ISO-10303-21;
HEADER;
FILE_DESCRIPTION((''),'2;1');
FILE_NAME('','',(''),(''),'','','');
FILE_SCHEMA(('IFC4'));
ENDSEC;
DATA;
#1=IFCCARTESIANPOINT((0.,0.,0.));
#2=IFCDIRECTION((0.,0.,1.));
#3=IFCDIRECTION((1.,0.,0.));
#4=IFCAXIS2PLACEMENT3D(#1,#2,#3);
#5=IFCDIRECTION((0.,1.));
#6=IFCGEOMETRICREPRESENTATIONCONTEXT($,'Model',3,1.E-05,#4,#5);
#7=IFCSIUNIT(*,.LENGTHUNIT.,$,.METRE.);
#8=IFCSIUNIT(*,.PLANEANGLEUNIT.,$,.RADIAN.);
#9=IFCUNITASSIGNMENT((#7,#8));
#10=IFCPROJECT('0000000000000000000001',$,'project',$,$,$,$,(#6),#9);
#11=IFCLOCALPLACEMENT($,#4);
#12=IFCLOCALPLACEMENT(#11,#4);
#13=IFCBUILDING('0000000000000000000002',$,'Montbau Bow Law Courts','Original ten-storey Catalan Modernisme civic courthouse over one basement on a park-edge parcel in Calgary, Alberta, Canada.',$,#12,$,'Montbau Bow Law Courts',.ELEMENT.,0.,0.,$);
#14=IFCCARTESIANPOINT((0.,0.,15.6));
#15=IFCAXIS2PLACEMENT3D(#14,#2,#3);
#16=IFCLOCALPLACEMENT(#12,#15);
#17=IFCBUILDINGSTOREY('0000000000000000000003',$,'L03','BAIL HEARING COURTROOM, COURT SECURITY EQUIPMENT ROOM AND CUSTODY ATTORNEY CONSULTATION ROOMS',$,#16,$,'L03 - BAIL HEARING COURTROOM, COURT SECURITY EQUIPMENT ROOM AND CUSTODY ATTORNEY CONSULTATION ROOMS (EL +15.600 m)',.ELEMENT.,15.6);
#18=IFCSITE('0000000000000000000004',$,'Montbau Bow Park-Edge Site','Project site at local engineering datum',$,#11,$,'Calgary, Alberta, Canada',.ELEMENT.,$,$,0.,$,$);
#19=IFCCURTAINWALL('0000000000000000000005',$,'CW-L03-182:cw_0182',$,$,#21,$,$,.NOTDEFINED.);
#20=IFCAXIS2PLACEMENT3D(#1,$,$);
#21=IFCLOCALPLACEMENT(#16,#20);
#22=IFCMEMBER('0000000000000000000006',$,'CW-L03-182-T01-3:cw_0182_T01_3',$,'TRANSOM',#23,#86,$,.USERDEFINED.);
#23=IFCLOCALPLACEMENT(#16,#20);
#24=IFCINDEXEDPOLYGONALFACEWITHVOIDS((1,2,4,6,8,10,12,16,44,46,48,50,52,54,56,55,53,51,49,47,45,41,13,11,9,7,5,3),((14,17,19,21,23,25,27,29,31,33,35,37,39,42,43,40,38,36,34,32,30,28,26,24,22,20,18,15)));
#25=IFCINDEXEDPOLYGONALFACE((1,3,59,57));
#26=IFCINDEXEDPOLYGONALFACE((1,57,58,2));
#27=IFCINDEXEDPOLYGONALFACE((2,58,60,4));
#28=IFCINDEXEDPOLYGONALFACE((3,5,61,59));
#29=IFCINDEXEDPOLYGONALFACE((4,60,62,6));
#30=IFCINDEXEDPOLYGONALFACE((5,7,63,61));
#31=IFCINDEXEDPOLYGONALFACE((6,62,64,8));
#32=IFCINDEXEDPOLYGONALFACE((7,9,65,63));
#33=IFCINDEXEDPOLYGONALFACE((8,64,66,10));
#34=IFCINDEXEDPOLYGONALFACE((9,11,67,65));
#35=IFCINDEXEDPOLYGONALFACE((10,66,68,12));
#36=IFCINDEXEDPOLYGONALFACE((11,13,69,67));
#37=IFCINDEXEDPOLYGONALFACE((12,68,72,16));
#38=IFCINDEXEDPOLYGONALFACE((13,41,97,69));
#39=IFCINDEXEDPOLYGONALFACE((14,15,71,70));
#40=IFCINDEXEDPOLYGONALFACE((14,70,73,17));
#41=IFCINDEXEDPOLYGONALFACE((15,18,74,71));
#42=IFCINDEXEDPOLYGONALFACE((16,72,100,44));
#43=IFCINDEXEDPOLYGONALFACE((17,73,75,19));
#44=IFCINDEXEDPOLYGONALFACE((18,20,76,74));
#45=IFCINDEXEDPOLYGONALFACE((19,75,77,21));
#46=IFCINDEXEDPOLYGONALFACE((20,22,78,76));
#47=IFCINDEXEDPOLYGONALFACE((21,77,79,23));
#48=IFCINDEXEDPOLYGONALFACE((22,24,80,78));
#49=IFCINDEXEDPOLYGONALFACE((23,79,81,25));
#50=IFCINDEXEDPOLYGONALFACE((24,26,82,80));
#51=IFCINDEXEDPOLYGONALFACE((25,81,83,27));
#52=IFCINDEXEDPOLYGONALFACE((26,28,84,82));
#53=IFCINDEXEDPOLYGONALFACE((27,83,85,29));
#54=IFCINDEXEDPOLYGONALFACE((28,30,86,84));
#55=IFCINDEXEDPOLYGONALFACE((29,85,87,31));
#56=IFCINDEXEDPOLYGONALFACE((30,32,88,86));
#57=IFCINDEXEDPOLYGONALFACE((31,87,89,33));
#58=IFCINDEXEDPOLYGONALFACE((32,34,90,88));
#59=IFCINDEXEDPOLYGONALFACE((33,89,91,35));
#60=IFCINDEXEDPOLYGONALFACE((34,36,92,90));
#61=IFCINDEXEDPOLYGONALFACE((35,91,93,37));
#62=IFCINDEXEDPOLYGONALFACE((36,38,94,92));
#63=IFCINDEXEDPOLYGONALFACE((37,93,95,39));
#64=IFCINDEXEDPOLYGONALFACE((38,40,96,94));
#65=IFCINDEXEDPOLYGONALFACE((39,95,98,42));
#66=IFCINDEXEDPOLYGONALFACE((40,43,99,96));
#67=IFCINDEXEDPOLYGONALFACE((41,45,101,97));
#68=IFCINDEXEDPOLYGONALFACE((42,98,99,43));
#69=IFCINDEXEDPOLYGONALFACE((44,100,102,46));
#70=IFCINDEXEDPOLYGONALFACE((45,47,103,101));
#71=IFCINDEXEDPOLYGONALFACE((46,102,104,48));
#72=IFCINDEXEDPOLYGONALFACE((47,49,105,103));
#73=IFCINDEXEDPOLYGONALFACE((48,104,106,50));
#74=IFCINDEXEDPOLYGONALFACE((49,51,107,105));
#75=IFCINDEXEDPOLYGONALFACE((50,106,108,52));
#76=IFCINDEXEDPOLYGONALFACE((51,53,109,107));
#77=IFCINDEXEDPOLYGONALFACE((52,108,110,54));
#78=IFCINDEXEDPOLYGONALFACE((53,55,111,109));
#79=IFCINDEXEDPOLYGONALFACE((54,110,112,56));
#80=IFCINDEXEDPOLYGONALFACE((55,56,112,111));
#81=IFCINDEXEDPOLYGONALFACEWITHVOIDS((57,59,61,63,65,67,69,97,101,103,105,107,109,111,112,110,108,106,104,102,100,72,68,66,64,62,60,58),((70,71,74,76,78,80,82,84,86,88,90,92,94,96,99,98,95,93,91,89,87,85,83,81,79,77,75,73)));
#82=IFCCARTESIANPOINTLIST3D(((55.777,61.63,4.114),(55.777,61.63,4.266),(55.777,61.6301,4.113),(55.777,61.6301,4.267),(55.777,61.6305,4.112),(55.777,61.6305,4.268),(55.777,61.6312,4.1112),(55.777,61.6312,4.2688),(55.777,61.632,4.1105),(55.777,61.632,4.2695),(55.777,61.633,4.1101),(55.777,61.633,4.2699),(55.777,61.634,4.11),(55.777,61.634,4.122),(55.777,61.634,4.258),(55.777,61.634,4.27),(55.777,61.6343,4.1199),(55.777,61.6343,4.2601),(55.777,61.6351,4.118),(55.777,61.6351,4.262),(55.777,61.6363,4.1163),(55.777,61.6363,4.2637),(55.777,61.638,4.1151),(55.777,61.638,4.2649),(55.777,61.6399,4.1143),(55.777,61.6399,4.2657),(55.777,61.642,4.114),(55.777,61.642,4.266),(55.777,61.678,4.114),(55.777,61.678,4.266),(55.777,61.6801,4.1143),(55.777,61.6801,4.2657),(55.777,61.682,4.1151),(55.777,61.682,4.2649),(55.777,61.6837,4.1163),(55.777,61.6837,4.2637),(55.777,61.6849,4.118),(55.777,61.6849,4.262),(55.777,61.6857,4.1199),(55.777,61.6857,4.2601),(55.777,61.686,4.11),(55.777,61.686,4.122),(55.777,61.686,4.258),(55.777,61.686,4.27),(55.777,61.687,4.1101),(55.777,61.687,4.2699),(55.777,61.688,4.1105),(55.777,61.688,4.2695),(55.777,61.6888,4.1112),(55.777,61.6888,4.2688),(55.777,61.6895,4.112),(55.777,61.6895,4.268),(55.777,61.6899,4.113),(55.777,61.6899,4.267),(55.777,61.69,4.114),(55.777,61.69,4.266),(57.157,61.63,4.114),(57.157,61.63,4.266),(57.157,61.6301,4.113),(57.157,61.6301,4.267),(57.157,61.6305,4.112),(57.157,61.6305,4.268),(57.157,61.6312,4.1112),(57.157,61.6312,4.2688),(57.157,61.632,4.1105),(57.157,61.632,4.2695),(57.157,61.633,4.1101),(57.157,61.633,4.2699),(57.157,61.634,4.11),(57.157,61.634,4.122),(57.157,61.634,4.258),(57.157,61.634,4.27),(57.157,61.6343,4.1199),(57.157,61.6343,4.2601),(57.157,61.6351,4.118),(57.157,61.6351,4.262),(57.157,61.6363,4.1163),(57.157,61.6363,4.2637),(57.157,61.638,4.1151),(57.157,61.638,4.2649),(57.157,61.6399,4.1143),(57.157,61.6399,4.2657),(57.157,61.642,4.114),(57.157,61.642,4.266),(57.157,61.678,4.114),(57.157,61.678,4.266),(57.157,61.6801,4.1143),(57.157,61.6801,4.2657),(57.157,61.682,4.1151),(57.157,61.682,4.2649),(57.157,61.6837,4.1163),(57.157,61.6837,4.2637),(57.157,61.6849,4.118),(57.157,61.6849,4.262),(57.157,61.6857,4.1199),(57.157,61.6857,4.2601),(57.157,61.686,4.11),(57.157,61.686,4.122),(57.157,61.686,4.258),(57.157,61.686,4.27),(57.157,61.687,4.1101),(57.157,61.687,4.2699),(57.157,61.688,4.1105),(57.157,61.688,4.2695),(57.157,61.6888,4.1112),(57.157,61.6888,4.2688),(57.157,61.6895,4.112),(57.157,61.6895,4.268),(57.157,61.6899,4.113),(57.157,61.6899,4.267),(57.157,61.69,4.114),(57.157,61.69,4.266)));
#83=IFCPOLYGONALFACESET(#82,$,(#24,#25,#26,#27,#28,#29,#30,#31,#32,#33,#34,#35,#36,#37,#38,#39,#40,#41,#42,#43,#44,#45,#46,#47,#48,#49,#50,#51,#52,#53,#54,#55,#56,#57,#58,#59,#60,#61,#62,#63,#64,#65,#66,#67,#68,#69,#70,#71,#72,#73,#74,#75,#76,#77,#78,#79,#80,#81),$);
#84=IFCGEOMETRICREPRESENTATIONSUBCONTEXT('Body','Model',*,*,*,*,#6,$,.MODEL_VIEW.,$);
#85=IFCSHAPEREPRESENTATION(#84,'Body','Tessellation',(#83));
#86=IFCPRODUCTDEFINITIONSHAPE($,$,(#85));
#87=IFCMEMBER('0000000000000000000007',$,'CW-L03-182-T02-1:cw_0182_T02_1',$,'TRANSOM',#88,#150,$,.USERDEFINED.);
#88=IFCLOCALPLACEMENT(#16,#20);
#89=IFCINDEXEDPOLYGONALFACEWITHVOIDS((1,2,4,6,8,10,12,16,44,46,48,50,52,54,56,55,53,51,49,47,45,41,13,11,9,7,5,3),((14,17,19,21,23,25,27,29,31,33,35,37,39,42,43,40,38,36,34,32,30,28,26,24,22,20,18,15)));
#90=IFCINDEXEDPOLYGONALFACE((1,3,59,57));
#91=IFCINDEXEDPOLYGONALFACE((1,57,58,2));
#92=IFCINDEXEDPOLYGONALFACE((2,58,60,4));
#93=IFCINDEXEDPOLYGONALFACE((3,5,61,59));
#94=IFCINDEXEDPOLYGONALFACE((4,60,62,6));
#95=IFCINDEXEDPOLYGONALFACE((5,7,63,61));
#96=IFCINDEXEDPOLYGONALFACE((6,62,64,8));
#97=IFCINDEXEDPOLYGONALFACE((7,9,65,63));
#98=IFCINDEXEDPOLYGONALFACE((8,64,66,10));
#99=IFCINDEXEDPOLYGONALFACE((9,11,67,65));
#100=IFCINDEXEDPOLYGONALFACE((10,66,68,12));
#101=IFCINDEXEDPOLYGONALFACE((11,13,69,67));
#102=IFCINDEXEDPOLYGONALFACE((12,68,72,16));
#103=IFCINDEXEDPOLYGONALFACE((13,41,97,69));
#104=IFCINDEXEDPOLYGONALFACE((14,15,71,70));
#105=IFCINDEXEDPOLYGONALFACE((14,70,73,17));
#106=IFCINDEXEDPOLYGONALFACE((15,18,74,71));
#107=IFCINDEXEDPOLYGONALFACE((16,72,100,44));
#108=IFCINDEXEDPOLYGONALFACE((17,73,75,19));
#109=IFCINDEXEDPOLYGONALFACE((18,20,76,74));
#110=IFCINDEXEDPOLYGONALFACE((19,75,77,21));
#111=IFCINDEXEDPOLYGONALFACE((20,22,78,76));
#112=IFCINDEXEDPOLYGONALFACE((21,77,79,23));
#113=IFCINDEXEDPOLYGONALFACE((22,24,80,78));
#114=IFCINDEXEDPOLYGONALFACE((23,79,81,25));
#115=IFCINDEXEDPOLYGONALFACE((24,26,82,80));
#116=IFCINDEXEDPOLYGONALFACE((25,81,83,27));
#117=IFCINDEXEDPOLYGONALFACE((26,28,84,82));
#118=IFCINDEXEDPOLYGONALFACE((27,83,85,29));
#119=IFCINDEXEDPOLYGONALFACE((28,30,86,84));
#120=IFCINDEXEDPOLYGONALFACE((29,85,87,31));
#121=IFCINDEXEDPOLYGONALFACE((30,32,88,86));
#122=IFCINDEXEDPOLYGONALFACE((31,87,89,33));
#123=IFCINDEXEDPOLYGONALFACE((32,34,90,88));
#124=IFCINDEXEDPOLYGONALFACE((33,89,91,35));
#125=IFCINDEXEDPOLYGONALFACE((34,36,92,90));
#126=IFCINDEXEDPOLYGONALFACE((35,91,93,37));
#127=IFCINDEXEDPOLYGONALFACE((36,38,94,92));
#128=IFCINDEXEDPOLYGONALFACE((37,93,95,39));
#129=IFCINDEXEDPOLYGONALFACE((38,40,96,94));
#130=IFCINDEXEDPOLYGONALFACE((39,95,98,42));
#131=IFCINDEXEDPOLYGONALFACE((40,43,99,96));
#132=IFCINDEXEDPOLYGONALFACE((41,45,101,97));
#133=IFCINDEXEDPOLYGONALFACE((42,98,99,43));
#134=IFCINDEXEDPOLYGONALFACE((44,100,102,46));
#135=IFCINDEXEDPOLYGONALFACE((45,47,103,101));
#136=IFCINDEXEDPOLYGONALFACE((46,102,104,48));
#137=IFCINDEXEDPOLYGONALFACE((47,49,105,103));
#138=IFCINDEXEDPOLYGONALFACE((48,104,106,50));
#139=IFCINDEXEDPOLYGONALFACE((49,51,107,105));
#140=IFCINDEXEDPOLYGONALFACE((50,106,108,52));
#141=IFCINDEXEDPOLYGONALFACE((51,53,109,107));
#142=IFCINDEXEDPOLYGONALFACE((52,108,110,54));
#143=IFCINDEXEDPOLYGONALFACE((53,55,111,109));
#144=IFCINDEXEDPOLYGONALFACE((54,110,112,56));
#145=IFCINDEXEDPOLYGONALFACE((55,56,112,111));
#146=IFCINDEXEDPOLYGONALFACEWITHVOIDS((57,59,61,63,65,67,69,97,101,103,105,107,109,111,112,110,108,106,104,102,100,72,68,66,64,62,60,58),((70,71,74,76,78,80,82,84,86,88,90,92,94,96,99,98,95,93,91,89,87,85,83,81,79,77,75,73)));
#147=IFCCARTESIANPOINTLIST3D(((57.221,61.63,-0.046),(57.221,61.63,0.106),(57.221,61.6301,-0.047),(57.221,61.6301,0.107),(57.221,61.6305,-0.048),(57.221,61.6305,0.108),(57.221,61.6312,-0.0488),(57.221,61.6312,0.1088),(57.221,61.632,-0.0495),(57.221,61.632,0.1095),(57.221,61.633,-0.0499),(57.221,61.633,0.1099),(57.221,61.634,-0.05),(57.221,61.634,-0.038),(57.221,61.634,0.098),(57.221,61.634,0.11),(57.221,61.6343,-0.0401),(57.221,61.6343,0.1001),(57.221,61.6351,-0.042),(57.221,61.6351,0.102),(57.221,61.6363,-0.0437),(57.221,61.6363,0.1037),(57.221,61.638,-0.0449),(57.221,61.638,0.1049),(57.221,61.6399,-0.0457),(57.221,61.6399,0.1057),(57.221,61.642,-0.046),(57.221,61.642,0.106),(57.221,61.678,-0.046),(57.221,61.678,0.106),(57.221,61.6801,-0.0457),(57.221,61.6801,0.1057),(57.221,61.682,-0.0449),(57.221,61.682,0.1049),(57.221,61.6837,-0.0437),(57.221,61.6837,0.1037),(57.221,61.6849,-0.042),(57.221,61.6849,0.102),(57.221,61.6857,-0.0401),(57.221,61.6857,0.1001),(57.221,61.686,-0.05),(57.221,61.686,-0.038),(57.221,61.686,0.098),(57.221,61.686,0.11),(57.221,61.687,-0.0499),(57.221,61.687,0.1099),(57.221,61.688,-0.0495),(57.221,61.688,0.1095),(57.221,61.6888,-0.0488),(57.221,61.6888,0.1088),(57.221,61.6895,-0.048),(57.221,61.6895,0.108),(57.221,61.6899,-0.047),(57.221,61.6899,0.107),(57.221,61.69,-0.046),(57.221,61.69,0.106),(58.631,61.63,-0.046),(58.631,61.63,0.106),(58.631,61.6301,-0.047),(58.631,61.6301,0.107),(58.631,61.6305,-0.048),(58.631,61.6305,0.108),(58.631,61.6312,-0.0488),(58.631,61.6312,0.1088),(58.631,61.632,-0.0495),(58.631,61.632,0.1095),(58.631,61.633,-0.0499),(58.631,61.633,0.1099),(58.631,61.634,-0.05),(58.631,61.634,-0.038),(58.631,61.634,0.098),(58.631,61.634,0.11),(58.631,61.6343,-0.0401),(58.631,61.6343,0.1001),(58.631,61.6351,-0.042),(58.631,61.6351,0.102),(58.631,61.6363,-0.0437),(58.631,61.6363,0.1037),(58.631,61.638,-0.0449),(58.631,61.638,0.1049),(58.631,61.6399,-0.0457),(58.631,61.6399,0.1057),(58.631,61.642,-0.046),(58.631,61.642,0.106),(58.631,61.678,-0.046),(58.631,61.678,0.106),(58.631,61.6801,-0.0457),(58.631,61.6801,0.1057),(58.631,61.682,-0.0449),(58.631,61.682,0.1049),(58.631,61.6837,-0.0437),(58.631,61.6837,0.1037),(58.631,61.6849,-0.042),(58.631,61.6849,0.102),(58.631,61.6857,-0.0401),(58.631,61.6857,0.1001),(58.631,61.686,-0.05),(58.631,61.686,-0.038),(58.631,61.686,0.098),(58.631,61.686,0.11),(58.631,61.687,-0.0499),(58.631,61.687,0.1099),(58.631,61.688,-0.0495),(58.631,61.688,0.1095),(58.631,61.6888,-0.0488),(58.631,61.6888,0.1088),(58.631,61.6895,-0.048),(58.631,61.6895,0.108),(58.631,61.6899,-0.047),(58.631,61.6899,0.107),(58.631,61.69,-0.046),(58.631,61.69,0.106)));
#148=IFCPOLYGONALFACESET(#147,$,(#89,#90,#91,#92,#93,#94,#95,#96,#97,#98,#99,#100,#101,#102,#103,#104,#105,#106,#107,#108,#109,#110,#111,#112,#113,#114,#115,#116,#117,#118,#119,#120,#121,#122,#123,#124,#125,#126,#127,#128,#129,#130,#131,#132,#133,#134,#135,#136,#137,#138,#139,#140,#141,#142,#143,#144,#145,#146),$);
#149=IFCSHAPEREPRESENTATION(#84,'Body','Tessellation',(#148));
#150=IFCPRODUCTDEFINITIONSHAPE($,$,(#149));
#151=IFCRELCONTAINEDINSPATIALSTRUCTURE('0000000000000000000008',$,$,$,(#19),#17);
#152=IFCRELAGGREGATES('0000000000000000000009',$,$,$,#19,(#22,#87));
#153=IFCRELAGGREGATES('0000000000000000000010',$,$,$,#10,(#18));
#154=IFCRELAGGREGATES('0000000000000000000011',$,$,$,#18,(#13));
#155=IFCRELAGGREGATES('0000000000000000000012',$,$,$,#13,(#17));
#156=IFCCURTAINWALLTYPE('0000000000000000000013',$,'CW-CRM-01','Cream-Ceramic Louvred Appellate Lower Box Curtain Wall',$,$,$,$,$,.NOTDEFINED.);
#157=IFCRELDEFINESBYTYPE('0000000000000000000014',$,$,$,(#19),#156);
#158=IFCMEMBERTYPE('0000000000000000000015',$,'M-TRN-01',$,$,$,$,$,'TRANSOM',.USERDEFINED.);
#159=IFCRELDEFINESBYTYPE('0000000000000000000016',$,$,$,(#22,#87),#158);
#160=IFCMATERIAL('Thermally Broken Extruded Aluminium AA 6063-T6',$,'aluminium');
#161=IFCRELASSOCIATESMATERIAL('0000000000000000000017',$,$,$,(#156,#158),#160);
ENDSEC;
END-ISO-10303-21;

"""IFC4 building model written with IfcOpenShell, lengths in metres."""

from ifc_helpers import new_model, si_unit, direction, frame, origin_with_axes, origin_2d_with_axis, place, context, subcontext, project, spatial, hollow_rectangle, extrude, material, material_profile, profile_set, type_object, element, aggregate, save


model = new_model("IFC4")

# Units and contexts
model_context = context("Model", 3, precision=1e-05, world=origin_with_axes(), true_north=direction((0.0, 1.0)))
body_context = subcontext(model_context, "Body", "Model", "MODEL_VIEW")
ifc_project = project(units=[si_unit("LENGTHUNIT", "METRE"), si_unit("PLANEANGLEUNIT", "RADIAN")], contexts=[model_context])

# Site, building, storey
site_placement = place(None, origin_with_axes())
site = spatial("IfcSite", under=ifc_project, at=site_placement, Name="Montbau Bow Park-Edge Site", Description="Project site at local engineering datum", LongName="Calgary, Alberta, Canada", CompositionType="ELEMENT", RefElevation=0.0)
building_placement = place(site_placement, origin_with_axes())
building = spatial("IfcBuilding", under=site, at=building_placement, Name="Montbau Bow Law Courts", Description="Original ten-storey Catalan Modernisme civic courthouse over one basement on a park-edge parcel in Calgary, Alberta, Canada.", LongName="Montbau Bow Law Courts", CompositionType="ELEMENT", ElevationOfRefHeight=0.0, ElevationOfTerrain=0.0)
storey_placement = place(building_placement, frame((0.0, 0.0, 15.6), z_axis=(0.0, 0.0, 1.0), x_axis=(1.0, 0.0, 0.0)))
storey = spatial("IfcBuildingStorey", under=building, at=storey_placement, Name="L03", Description="BAIL HEARING COURTROOM, COURT SECURITY EQUIPMENT ROOM AND CUSTODY ATTORNEY CONSULTATION ROOMS", LongName="L03 - BAIL HEARING COURTROOM, COURT SECURITY EQUIPMENT ROOM AND CUSTODY ATTORNEY CONSULTATION ROOMS (EL +15.600 m)", CompositionType="ELEMENT", Elevation=15.6)

# Curtain wall, members
ifc_material_1 = material(Name="Thermally Broken Extruded Aluminium AA 6063-T6", Category="aluminium")
curtain_wall_type = type_object("IfcCurtainWallType", Name="CW-CRM-01", Description="Cream-Ceramic Louvred Appellate Lower Box Curtain Wall", PredefinedType="NOTDEFINED", material=ifc_material_1)
curtain_wall_1_placement = place(None, frame((55.715, 61.66, 15.6), z_axis=(0.0, 0.0, 1.0), x_axis=(1.0, 0.0, 0.0)))
curtain_wall_1 = element("IfcCurtainWall", 1, at=curtain_wall_1_placement, inside=storey, type_object=curtain_wall_type, Name="CW-L03-182:cw_0182", PredefinedType="NOTDEFINED")
ifc_material_profile_1 = material_profile(ifc_material_1, hollow_rectangle(XDim=0.06, YDim=0.16, WallThickness=0.004, InnerFilletRadius=0.008, OuterFilletRadius=0.004, at=origin_2d_with_axis()), Name="CWT-160X60", Category="Main", Priority=0)
ifc_profile_set_1 = profile_set([ifc_material_profile_1], Name="Thermally Broken Extruded Aluminium AA 6063-T6")
member_type_1 = type_object("IfcMemberType", Name="M-TRN-01", ElementType="TRANSOM", PredefinedType="USERDEFINED", material=ifc_profile_set_1)
member_1_placement = place(None, frame((55.777, 61.66, 19.79), z_axis=(1.0, 0.0, 0.0), x_axis=(0.0, 1.0, 0.0)))
member_1 = element("IfcMember", 2, at=member_1_placement, type_object=member_type_1, Name="CW-L03-182-T01-3:cw_0182_T01_3", ObjectType="TRANSOM", PredefinedType="USERDEFINED", context=body_context, shape_type="SweptSolid", body=[
    extrude(hollow_rectangle(XDim=0.06, YDim=0.16, WallThickness=0.004, InnerFilletRadius=0.008, OuterFilletRadius=0.004, at=origin_2d_with_axis()), origin_with_axes(), (0.0, 0.0, 1.0), 1.38),
])
member_2_placement = place(None, frame((57.221, 61.66, 15.63), z_axis=(1.0, 0.0, 0.0), x_axis=(0.0, 1.0, 0.0)))
member_2 = element("IfcMember", 3, at=member_2_placement, type_object=member_type_1, Name="CW-L03-182-T02-1:cw_0182_T02_1", ObjectType="TRANSOM", PredefinedType="USERDEFINED", context=body_context, shape_type="SweptSolid", body=[
    extrude(hollow_rectangle(XDim=0.06, YDim=0.16, WallThickness=0.004, InnerFilletRadius=0.008, OuterFilletRadius=0.004, at=origin_2d_with_axis()), origin_with_axes(), (0.0, 0.0, 1.0), 1.41),
])

aggregate(curtain_wall_1, [member_1, member_2])

save(model, "model.ifc")
